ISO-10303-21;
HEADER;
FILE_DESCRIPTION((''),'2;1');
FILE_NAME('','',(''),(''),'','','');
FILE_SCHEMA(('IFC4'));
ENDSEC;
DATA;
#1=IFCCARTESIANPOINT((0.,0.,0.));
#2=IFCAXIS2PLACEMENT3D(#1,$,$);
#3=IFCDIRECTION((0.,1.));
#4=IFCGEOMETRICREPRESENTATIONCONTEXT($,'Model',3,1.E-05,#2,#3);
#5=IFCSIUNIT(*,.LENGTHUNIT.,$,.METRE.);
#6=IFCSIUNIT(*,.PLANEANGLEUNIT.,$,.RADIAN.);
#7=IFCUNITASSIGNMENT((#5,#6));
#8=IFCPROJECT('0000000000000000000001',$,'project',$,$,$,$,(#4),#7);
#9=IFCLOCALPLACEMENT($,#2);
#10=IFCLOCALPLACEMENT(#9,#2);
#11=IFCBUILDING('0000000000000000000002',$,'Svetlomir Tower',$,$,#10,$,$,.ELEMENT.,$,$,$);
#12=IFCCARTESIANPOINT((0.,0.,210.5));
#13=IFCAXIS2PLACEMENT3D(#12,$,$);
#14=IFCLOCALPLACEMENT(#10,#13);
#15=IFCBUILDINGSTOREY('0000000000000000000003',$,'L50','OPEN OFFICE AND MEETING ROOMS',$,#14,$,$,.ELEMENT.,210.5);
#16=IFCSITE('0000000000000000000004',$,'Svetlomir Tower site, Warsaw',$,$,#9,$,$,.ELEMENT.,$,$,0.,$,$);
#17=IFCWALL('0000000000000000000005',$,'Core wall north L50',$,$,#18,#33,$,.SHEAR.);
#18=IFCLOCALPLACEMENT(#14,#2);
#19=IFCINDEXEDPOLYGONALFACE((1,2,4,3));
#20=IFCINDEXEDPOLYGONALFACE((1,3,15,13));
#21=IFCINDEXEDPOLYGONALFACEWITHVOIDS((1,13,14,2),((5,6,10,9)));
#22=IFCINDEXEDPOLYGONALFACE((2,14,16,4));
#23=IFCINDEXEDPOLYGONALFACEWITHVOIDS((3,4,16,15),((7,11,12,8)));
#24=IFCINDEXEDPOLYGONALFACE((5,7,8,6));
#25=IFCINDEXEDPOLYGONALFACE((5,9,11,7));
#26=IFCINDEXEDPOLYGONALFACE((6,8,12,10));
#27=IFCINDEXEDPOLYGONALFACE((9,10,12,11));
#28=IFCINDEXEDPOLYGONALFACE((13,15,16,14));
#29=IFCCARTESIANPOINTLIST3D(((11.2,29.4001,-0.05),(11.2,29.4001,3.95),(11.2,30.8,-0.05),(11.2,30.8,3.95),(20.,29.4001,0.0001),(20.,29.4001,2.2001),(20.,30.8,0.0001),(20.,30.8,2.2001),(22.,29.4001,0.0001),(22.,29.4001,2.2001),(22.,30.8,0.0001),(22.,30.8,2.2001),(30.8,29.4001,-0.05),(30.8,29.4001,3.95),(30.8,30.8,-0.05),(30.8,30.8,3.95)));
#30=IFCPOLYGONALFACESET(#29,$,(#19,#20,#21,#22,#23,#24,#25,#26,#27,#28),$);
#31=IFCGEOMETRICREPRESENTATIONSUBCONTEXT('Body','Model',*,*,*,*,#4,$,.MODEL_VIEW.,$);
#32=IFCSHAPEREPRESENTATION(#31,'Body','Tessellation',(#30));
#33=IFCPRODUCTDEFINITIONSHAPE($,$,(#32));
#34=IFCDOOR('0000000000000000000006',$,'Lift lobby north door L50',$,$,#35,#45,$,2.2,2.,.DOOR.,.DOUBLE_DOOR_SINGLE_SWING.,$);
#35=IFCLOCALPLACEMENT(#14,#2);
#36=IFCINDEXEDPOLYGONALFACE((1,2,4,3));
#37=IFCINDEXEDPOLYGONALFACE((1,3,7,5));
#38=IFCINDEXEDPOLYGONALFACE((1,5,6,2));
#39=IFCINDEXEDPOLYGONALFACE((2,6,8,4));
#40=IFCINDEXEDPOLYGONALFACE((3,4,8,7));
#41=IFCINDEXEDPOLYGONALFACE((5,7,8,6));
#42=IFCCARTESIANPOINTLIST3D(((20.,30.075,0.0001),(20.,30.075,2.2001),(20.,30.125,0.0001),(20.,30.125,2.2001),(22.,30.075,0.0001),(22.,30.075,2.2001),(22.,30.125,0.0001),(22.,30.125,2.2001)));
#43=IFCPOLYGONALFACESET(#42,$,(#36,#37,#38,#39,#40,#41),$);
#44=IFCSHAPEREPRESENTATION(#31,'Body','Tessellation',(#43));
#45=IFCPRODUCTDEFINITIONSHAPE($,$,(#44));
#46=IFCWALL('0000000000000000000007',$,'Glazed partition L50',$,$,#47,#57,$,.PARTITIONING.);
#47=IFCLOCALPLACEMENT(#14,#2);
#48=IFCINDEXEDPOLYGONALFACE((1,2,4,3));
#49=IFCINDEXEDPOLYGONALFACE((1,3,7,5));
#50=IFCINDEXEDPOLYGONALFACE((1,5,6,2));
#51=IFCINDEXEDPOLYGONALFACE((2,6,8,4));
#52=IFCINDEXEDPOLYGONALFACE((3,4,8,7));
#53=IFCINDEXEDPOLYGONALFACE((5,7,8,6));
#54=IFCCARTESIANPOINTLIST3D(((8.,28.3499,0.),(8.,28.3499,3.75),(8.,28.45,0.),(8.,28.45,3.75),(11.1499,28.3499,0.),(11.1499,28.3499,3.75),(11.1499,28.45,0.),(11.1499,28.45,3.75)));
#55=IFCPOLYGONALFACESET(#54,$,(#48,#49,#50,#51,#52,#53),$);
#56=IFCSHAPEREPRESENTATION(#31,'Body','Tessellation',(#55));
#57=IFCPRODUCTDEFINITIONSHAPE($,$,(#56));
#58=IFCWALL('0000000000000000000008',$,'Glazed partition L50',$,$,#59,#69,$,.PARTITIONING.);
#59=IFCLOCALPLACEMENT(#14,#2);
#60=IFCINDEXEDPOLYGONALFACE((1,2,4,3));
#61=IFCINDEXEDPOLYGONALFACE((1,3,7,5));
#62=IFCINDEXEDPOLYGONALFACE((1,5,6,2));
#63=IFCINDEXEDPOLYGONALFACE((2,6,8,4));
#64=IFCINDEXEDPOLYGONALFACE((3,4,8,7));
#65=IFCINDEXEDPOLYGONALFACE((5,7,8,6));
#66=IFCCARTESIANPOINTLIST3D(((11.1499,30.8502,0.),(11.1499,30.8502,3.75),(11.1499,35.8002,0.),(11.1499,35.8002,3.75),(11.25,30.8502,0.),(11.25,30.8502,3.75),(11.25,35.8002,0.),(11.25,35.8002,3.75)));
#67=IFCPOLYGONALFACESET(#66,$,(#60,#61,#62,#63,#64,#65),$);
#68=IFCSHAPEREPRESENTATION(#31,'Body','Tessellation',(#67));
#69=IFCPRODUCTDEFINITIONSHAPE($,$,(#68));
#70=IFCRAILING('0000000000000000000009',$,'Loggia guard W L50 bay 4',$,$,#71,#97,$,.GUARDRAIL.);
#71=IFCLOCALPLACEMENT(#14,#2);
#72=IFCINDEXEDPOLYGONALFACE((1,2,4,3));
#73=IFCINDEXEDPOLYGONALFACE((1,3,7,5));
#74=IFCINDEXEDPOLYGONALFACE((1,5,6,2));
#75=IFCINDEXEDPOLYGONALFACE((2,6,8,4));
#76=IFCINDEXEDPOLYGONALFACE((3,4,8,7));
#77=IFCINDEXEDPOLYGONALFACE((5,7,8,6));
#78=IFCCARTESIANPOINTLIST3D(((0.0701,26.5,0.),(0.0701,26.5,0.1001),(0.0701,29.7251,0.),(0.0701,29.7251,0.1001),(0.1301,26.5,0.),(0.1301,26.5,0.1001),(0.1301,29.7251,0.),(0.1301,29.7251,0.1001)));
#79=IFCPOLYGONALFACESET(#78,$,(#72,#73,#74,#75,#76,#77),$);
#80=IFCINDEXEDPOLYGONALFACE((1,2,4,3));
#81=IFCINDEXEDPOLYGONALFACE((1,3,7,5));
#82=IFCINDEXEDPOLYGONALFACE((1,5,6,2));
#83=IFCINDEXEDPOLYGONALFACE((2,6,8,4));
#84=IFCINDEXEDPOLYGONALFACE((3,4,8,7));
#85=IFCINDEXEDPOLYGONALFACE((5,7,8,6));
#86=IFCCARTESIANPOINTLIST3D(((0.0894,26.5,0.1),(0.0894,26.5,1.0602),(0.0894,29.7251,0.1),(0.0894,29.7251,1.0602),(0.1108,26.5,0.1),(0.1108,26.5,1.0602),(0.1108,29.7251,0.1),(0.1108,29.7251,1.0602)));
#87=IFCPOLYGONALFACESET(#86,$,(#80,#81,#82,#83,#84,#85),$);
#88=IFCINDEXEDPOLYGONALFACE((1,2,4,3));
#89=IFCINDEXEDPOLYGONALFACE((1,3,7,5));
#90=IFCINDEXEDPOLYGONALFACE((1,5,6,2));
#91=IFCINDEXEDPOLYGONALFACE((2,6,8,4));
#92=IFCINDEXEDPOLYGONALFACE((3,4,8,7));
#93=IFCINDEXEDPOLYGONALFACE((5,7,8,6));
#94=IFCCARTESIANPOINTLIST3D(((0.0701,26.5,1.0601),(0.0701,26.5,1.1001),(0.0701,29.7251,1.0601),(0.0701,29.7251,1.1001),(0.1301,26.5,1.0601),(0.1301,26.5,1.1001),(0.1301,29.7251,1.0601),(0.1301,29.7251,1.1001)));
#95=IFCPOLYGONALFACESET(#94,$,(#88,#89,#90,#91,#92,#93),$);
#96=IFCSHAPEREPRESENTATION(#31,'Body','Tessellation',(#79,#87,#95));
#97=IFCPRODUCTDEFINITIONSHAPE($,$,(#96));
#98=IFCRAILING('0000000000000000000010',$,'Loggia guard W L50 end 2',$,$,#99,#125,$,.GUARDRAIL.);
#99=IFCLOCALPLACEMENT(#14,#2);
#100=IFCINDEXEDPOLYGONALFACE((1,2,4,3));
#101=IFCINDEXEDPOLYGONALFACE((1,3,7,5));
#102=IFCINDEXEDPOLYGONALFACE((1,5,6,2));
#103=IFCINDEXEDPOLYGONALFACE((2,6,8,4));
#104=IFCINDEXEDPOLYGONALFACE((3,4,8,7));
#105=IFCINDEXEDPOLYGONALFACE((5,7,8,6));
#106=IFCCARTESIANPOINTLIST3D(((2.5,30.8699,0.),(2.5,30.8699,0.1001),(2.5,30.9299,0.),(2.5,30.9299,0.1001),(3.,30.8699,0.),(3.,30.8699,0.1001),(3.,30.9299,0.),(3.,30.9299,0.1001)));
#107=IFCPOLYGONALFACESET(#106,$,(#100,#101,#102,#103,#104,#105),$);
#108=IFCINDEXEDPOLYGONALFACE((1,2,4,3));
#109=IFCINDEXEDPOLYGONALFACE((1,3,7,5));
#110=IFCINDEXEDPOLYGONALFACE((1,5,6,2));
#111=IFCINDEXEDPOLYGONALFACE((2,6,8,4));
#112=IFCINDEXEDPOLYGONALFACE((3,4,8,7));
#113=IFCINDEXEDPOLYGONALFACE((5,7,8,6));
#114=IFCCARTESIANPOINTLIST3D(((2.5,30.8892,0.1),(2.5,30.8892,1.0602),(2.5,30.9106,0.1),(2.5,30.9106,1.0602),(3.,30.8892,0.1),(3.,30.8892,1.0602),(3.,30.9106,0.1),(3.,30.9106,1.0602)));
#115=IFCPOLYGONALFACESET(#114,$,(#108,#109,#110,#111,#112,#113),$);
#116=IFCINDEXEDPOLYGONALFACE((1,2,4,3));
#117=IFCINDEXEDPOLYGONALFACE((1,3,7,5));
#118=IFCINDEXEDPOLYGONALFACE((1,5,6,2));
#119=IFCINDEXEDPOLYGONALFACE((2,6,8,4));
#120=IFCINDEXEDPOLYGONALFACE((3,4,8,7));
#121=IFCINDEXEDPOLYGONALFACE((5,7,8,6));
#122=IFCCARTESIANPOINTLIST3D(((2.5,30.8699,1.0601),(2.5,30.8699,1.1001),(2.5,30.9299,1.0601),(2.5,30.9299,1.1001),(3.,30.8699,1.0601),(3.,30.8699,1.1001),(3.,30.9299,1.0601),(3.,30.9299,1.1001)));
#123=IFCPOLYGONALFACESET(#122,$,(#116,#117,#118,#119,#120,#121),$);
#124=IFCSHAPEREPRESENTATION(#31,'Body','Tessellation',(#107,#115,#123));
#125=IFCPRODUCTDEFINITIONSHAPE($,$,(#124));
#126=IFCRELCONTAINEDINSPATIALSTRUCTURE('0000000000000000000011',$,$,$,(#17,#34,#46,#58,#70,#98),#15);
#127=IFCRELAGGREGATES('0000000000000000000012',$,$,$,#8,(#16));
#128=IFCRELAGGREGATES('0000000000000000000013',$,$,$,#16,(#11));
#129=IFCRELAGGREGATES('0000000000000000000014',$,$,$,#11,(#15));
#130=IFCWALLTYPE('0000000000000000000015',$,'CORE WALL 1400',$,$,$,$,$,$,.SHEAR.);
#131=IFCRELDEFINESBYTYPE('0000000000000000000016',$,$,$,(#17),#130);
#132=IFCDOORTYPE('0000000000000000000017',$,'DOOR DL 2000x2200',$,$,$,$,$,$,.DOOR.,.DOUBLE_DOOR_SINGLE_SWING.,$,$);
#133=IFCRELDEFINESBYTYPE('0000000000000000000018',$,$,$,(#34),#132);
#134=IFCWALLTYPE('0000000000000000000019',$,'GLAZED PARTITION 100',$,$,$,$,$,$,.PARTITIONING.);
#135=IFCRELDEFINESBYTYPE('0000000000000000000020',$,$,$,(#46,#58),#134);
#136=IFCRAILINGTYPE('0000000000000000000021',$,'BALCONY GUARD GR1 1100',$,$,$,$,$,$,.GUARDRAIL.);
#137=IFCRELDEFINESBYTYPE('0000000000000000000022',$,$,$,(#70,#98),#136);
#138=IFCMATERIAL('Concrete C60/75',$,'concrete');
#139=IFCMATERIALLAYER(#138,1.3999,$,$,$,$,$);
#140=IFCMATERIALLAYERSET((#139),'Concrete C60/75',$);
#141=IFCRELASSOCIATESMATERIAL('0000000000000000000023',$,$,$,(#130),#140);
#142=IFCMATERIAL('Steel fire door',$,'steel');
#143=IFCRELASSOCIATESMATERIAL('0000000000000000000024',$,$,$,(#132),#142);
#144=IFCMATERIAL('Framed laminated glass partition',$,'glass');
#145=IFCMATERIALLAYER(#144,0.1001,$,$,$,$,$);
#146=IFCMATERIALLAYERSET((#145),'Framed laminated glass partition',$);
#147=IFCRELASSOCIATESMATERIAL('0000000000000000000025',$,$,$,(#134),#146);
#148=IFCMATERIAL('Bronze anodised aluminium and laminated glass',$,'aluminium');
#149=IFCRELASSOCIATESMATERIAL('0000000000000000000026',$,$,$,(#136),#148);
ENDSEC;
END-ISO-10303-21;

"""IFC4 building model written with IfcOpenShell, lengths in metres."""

from ifc_helpers import new_model, si_unit, direction, frame, frame_2d, origin, origin_2d, place, context, subcontext, project, spatial, rectangle, extrude, material, layer, layer_set, type_object, element, fill, save


model = new_model("IFC4")

# Units and contexts
model_context = context("Model", 3, precision=1e-05, world=origin(), true_north=direction((0.0, 1.0)))
body_context = subcontext(model_context, "Body", "Model", "MODEL_VIEW")
ifc_project = project(units=[si_unit("LENGTHUNIT", "METRE"), si_unit("PLANEANGLEUNIT", "RADIAN")], contexts=[model_context])

# Site, building, storey
site_placement = place(None, origin())
site = spatial("IfcSite", under=ifc_project, at=site_placement, Name="Svetlomir Tower site, Warsaw", CompositionType="ELEMENT", RefElevation=0.0)
building_placement = place(site_placement, origin())
building = spatial("IfcBuilding", under=site, at=building_placement, Name="Svetlomir Tower", CompositionType="ELEMENT")
storey_placement = place(building_placement, frame((0.0, 0.0, 210.5)))
storey = spatial("IfcBuildingStorey", under=building, at=storey_placement, Name="L50", Description="OPEN OFFICE AND MEETING ROOMS", CompositionType="ELEMENT", Elevation=210.5)

# Wall, opening, door
ifc_material_1 = material(Name="Concrete C60/75", Category="concrete")
ifc_layer_1 = layer(ifc_material_1, 1.3999)
ifc_layer_set_1 = layer_set([ifc_layer_1], Name="Concrete C60/75")
wall_type_1 = type_object("IfcWallType", Name="CORE WALL 1400", PredefinedType="SHEAR", material=ifc_layer_set_1)
wall_1_placement = place(storey_placement, frame((11.2, 30.1001, -0.05), z_axis=(0.0, 0.0, 1.0), x_axis=(1.0, 0.0, 0.0)))
wall_1 = element("IfcWall", 1, at=wall_1_placement, inside=storey, type_object=wall_type_1, Name="Core wall north L50", PredefinedType="SHEAR", context=body_context, shape_type="SweptSolid", body=[
    extrude(rectangle(XDim=19.6001, YDim=1.3999, at=frame_2d((9.8, 0.0))), origin(), (0.0, 0.0, 1.0), 4.0),
])
opening_placement = place(wall_1_placement, frame((8.8, 0.0, 0.05)))
opening = element("IfcOpeningElement", 2, at=opening_placement, cuts=wall_1, PredefinedType="OPENING", context=body_context, shape_type="SweptSolid", body=[
    extrude(rectangle(XDim=2.0, YDim=2.2, at=frame_2d((1.0, 1.1001))), frame((0.0, 0.71, 0.0), z_axis=(0.0, -1.0, 0.0), x_axis=(1.0, 0.0, 0.0)), (0.0, 0.0, 1.0), 1.4199),
])
ifc_material_2 = material(Name="Steel fire door", Category="steel")
door_type = type_object("IfcDoorType", Name="DOOR DL 2000x2200", OperationType="DOUBLE_DOOR_SINGLE_SWING", PredefinedType="DOOR", material=ifc_material_2)
door_placement = place(opening_placement, origin())
door = element("IfcDoor", 3, at=door_placement, inside=storey, type_object=door_type, Name="Lift lobby north door L50", OperationType="DOUBLE_DOOR_SINGLE_SWING", OverallHeight=2.2, OverallWidth=2.0, PredefinedType="DOOR", context=body_context, shape_type="SweptSolid", body=[
    extrude(rectangle(XDim=2.0, YDim=2.2, at=frame_2d((1.0, 1.1001))), frame((0.0, 0.0249, 0.0), z_axis=(0.0, -1.0, 0.0), x_axis=(1.0, 0.0, 0.0)), (0.0, 0.0, 1.0), 0.05),
])
fill(opening, door)

# Walls
ifc_material_3 = material(Name="Framed laminated glass partition", Category="glass")
ifc_layer_2 = layer(ifc_material_3, 0.1001)
ifc_layer_set_2 = layer_set([ifc_layer_2], Name="Framed laminated glass partition")
wall_type_2 = type_object("IfcWallType", Name="GLAZED PARTITION 100", PredefinedType="PARTITIONING", material=ifc_layer_set_2)
wall_2_placement = place(storey_placement, frame((8.0, 28.3999, 0.0), z_axis=(0.0, 0.0, 1.0), x_axis=(1.0, 0.0, 0.0)))
element("IfcWall", 4, at=wall_2_placement, inside=storey, type_object=wall_type_2, Name="Glazed partition L50", PredefinedType="PARTITIONING", context=body_context, shape_type="SweptSolid", body=[
    extrude(rectangle(XDim=3.1499, YDim=0.1001, at=frame_2d((1.575, 0.0))), origin(), (0.0, 0.0, 1.0), 3.75),
])
wall_3_placement = place(storey_placement, frame((11.2, 30.8501, 0.0), z_axis=(0.0, 0.0, 1.0), x_axis=(0.0, 1.0, 0.0)))
element("IfcWall", 5, at=wall_3_placement, inside=storey, type_object=wall_type_2, Name="Glazed partition L50", PredefinedType="PARTITIONING", context=body_context, shape_type="SweptSolid", body=[
    extrude(rectangle(XDim=4.95, YDim=0.1001, at=frame_2d((2.4751, 0.0))), origin(), (0.0, 0.0, 1.0), 3.75),
])

# Railings
ifc_material_4 = material(Name="Bronze anodised aluminium and laminated glass", Category="aluminium")
railing_type = type_object("IfcRailingType", Name="BALCONY GUARD GR1 1100", PredefinedType="GUARDRAIL", material=ifc_material_4)
railing_1_placement = place(storey_placement, frame((0.1001, 26.5, 0.0)))
element("IfcRailing", 6, at=railing_1_placement, inside=storey, type_object=railing_type, Name="Loggia guard W L50 bay 4", PredefinedType="GUARDRAIL", context=body_context, shape_type="SweptSolid", body=[
    extrude(rectangle(XDim=0.0601, YDim=0.1001, at=origin_2d()), frame((0.0, 0.0, 0.05), z_axis=(0.0, 1.0, 0.0), x_axis=(-1.0, 0.0, 0.0)), (0.0, 0.0, 1.0), 3.2251),
    extrude(rectangle(XDim=0.0215, YDim=0.9602, at=origin_2d()), frame((0.0, 0.0, 0.5801), z_axis=(0.0, 1.0, 0.0), x_axis=(-1.0, 0.0, 0.0)), (0.0, 0.0, 1.0), 3.2251),
    extrude(rectangle(XDim=0.0601, YDim=0.04, at=origin_2d()), frame((0.0, 0.0, 1.0801), z_axis=(0.0, 1.0, 0.0), x_axis=(-1.0, 0.0, 0.0)), (0.0, 0.0, 1.0), 3.2251),
])
railing_2_placement = place(storey_placement, frame((2.5, 30.8999, 0.0)))
element("IfcRailing", 7, at=railing_2_placement, inside=storey, type_object=railing_type, Name="Loggia guard W L50 end 2", PredefinedType="GUARDRAIL", context=body_context, shape_type="SweptSolid", body=[
    extrude(rectangle(XDim=0.0601, YDim=0.1001, at=origin_2d()), frame((0.0, 0.0, 0.05), z_axis=(1.0, 0.0, 0.0), x_axis=(0.0, 1.0, 0.0)), (0.0, 0.0, 1.0), 0.5),
    extrude(rectangle(XDim=0.0215, YDim=0.9602, at=origin_2d()), frame((0.0, 0.0, 0.5801), z_axis=(1.0, 0.0, 0.0), x_axis=(0.0, 1.0, 0.0)), (0.0, 0.0, 1.0), 0.5),
    extrude(rectangle(XDim=0.0601, YDim=0.04, at=origin_2d()), frame((0.0, 0.0, 1.0801), z_axis=(1.0, 0.0, 0.0), x_axis=(0.0, 1.0, 0.0)), (0.0, 0.0, 1.0), 0.5),
])

save(model, "model.ifc")
